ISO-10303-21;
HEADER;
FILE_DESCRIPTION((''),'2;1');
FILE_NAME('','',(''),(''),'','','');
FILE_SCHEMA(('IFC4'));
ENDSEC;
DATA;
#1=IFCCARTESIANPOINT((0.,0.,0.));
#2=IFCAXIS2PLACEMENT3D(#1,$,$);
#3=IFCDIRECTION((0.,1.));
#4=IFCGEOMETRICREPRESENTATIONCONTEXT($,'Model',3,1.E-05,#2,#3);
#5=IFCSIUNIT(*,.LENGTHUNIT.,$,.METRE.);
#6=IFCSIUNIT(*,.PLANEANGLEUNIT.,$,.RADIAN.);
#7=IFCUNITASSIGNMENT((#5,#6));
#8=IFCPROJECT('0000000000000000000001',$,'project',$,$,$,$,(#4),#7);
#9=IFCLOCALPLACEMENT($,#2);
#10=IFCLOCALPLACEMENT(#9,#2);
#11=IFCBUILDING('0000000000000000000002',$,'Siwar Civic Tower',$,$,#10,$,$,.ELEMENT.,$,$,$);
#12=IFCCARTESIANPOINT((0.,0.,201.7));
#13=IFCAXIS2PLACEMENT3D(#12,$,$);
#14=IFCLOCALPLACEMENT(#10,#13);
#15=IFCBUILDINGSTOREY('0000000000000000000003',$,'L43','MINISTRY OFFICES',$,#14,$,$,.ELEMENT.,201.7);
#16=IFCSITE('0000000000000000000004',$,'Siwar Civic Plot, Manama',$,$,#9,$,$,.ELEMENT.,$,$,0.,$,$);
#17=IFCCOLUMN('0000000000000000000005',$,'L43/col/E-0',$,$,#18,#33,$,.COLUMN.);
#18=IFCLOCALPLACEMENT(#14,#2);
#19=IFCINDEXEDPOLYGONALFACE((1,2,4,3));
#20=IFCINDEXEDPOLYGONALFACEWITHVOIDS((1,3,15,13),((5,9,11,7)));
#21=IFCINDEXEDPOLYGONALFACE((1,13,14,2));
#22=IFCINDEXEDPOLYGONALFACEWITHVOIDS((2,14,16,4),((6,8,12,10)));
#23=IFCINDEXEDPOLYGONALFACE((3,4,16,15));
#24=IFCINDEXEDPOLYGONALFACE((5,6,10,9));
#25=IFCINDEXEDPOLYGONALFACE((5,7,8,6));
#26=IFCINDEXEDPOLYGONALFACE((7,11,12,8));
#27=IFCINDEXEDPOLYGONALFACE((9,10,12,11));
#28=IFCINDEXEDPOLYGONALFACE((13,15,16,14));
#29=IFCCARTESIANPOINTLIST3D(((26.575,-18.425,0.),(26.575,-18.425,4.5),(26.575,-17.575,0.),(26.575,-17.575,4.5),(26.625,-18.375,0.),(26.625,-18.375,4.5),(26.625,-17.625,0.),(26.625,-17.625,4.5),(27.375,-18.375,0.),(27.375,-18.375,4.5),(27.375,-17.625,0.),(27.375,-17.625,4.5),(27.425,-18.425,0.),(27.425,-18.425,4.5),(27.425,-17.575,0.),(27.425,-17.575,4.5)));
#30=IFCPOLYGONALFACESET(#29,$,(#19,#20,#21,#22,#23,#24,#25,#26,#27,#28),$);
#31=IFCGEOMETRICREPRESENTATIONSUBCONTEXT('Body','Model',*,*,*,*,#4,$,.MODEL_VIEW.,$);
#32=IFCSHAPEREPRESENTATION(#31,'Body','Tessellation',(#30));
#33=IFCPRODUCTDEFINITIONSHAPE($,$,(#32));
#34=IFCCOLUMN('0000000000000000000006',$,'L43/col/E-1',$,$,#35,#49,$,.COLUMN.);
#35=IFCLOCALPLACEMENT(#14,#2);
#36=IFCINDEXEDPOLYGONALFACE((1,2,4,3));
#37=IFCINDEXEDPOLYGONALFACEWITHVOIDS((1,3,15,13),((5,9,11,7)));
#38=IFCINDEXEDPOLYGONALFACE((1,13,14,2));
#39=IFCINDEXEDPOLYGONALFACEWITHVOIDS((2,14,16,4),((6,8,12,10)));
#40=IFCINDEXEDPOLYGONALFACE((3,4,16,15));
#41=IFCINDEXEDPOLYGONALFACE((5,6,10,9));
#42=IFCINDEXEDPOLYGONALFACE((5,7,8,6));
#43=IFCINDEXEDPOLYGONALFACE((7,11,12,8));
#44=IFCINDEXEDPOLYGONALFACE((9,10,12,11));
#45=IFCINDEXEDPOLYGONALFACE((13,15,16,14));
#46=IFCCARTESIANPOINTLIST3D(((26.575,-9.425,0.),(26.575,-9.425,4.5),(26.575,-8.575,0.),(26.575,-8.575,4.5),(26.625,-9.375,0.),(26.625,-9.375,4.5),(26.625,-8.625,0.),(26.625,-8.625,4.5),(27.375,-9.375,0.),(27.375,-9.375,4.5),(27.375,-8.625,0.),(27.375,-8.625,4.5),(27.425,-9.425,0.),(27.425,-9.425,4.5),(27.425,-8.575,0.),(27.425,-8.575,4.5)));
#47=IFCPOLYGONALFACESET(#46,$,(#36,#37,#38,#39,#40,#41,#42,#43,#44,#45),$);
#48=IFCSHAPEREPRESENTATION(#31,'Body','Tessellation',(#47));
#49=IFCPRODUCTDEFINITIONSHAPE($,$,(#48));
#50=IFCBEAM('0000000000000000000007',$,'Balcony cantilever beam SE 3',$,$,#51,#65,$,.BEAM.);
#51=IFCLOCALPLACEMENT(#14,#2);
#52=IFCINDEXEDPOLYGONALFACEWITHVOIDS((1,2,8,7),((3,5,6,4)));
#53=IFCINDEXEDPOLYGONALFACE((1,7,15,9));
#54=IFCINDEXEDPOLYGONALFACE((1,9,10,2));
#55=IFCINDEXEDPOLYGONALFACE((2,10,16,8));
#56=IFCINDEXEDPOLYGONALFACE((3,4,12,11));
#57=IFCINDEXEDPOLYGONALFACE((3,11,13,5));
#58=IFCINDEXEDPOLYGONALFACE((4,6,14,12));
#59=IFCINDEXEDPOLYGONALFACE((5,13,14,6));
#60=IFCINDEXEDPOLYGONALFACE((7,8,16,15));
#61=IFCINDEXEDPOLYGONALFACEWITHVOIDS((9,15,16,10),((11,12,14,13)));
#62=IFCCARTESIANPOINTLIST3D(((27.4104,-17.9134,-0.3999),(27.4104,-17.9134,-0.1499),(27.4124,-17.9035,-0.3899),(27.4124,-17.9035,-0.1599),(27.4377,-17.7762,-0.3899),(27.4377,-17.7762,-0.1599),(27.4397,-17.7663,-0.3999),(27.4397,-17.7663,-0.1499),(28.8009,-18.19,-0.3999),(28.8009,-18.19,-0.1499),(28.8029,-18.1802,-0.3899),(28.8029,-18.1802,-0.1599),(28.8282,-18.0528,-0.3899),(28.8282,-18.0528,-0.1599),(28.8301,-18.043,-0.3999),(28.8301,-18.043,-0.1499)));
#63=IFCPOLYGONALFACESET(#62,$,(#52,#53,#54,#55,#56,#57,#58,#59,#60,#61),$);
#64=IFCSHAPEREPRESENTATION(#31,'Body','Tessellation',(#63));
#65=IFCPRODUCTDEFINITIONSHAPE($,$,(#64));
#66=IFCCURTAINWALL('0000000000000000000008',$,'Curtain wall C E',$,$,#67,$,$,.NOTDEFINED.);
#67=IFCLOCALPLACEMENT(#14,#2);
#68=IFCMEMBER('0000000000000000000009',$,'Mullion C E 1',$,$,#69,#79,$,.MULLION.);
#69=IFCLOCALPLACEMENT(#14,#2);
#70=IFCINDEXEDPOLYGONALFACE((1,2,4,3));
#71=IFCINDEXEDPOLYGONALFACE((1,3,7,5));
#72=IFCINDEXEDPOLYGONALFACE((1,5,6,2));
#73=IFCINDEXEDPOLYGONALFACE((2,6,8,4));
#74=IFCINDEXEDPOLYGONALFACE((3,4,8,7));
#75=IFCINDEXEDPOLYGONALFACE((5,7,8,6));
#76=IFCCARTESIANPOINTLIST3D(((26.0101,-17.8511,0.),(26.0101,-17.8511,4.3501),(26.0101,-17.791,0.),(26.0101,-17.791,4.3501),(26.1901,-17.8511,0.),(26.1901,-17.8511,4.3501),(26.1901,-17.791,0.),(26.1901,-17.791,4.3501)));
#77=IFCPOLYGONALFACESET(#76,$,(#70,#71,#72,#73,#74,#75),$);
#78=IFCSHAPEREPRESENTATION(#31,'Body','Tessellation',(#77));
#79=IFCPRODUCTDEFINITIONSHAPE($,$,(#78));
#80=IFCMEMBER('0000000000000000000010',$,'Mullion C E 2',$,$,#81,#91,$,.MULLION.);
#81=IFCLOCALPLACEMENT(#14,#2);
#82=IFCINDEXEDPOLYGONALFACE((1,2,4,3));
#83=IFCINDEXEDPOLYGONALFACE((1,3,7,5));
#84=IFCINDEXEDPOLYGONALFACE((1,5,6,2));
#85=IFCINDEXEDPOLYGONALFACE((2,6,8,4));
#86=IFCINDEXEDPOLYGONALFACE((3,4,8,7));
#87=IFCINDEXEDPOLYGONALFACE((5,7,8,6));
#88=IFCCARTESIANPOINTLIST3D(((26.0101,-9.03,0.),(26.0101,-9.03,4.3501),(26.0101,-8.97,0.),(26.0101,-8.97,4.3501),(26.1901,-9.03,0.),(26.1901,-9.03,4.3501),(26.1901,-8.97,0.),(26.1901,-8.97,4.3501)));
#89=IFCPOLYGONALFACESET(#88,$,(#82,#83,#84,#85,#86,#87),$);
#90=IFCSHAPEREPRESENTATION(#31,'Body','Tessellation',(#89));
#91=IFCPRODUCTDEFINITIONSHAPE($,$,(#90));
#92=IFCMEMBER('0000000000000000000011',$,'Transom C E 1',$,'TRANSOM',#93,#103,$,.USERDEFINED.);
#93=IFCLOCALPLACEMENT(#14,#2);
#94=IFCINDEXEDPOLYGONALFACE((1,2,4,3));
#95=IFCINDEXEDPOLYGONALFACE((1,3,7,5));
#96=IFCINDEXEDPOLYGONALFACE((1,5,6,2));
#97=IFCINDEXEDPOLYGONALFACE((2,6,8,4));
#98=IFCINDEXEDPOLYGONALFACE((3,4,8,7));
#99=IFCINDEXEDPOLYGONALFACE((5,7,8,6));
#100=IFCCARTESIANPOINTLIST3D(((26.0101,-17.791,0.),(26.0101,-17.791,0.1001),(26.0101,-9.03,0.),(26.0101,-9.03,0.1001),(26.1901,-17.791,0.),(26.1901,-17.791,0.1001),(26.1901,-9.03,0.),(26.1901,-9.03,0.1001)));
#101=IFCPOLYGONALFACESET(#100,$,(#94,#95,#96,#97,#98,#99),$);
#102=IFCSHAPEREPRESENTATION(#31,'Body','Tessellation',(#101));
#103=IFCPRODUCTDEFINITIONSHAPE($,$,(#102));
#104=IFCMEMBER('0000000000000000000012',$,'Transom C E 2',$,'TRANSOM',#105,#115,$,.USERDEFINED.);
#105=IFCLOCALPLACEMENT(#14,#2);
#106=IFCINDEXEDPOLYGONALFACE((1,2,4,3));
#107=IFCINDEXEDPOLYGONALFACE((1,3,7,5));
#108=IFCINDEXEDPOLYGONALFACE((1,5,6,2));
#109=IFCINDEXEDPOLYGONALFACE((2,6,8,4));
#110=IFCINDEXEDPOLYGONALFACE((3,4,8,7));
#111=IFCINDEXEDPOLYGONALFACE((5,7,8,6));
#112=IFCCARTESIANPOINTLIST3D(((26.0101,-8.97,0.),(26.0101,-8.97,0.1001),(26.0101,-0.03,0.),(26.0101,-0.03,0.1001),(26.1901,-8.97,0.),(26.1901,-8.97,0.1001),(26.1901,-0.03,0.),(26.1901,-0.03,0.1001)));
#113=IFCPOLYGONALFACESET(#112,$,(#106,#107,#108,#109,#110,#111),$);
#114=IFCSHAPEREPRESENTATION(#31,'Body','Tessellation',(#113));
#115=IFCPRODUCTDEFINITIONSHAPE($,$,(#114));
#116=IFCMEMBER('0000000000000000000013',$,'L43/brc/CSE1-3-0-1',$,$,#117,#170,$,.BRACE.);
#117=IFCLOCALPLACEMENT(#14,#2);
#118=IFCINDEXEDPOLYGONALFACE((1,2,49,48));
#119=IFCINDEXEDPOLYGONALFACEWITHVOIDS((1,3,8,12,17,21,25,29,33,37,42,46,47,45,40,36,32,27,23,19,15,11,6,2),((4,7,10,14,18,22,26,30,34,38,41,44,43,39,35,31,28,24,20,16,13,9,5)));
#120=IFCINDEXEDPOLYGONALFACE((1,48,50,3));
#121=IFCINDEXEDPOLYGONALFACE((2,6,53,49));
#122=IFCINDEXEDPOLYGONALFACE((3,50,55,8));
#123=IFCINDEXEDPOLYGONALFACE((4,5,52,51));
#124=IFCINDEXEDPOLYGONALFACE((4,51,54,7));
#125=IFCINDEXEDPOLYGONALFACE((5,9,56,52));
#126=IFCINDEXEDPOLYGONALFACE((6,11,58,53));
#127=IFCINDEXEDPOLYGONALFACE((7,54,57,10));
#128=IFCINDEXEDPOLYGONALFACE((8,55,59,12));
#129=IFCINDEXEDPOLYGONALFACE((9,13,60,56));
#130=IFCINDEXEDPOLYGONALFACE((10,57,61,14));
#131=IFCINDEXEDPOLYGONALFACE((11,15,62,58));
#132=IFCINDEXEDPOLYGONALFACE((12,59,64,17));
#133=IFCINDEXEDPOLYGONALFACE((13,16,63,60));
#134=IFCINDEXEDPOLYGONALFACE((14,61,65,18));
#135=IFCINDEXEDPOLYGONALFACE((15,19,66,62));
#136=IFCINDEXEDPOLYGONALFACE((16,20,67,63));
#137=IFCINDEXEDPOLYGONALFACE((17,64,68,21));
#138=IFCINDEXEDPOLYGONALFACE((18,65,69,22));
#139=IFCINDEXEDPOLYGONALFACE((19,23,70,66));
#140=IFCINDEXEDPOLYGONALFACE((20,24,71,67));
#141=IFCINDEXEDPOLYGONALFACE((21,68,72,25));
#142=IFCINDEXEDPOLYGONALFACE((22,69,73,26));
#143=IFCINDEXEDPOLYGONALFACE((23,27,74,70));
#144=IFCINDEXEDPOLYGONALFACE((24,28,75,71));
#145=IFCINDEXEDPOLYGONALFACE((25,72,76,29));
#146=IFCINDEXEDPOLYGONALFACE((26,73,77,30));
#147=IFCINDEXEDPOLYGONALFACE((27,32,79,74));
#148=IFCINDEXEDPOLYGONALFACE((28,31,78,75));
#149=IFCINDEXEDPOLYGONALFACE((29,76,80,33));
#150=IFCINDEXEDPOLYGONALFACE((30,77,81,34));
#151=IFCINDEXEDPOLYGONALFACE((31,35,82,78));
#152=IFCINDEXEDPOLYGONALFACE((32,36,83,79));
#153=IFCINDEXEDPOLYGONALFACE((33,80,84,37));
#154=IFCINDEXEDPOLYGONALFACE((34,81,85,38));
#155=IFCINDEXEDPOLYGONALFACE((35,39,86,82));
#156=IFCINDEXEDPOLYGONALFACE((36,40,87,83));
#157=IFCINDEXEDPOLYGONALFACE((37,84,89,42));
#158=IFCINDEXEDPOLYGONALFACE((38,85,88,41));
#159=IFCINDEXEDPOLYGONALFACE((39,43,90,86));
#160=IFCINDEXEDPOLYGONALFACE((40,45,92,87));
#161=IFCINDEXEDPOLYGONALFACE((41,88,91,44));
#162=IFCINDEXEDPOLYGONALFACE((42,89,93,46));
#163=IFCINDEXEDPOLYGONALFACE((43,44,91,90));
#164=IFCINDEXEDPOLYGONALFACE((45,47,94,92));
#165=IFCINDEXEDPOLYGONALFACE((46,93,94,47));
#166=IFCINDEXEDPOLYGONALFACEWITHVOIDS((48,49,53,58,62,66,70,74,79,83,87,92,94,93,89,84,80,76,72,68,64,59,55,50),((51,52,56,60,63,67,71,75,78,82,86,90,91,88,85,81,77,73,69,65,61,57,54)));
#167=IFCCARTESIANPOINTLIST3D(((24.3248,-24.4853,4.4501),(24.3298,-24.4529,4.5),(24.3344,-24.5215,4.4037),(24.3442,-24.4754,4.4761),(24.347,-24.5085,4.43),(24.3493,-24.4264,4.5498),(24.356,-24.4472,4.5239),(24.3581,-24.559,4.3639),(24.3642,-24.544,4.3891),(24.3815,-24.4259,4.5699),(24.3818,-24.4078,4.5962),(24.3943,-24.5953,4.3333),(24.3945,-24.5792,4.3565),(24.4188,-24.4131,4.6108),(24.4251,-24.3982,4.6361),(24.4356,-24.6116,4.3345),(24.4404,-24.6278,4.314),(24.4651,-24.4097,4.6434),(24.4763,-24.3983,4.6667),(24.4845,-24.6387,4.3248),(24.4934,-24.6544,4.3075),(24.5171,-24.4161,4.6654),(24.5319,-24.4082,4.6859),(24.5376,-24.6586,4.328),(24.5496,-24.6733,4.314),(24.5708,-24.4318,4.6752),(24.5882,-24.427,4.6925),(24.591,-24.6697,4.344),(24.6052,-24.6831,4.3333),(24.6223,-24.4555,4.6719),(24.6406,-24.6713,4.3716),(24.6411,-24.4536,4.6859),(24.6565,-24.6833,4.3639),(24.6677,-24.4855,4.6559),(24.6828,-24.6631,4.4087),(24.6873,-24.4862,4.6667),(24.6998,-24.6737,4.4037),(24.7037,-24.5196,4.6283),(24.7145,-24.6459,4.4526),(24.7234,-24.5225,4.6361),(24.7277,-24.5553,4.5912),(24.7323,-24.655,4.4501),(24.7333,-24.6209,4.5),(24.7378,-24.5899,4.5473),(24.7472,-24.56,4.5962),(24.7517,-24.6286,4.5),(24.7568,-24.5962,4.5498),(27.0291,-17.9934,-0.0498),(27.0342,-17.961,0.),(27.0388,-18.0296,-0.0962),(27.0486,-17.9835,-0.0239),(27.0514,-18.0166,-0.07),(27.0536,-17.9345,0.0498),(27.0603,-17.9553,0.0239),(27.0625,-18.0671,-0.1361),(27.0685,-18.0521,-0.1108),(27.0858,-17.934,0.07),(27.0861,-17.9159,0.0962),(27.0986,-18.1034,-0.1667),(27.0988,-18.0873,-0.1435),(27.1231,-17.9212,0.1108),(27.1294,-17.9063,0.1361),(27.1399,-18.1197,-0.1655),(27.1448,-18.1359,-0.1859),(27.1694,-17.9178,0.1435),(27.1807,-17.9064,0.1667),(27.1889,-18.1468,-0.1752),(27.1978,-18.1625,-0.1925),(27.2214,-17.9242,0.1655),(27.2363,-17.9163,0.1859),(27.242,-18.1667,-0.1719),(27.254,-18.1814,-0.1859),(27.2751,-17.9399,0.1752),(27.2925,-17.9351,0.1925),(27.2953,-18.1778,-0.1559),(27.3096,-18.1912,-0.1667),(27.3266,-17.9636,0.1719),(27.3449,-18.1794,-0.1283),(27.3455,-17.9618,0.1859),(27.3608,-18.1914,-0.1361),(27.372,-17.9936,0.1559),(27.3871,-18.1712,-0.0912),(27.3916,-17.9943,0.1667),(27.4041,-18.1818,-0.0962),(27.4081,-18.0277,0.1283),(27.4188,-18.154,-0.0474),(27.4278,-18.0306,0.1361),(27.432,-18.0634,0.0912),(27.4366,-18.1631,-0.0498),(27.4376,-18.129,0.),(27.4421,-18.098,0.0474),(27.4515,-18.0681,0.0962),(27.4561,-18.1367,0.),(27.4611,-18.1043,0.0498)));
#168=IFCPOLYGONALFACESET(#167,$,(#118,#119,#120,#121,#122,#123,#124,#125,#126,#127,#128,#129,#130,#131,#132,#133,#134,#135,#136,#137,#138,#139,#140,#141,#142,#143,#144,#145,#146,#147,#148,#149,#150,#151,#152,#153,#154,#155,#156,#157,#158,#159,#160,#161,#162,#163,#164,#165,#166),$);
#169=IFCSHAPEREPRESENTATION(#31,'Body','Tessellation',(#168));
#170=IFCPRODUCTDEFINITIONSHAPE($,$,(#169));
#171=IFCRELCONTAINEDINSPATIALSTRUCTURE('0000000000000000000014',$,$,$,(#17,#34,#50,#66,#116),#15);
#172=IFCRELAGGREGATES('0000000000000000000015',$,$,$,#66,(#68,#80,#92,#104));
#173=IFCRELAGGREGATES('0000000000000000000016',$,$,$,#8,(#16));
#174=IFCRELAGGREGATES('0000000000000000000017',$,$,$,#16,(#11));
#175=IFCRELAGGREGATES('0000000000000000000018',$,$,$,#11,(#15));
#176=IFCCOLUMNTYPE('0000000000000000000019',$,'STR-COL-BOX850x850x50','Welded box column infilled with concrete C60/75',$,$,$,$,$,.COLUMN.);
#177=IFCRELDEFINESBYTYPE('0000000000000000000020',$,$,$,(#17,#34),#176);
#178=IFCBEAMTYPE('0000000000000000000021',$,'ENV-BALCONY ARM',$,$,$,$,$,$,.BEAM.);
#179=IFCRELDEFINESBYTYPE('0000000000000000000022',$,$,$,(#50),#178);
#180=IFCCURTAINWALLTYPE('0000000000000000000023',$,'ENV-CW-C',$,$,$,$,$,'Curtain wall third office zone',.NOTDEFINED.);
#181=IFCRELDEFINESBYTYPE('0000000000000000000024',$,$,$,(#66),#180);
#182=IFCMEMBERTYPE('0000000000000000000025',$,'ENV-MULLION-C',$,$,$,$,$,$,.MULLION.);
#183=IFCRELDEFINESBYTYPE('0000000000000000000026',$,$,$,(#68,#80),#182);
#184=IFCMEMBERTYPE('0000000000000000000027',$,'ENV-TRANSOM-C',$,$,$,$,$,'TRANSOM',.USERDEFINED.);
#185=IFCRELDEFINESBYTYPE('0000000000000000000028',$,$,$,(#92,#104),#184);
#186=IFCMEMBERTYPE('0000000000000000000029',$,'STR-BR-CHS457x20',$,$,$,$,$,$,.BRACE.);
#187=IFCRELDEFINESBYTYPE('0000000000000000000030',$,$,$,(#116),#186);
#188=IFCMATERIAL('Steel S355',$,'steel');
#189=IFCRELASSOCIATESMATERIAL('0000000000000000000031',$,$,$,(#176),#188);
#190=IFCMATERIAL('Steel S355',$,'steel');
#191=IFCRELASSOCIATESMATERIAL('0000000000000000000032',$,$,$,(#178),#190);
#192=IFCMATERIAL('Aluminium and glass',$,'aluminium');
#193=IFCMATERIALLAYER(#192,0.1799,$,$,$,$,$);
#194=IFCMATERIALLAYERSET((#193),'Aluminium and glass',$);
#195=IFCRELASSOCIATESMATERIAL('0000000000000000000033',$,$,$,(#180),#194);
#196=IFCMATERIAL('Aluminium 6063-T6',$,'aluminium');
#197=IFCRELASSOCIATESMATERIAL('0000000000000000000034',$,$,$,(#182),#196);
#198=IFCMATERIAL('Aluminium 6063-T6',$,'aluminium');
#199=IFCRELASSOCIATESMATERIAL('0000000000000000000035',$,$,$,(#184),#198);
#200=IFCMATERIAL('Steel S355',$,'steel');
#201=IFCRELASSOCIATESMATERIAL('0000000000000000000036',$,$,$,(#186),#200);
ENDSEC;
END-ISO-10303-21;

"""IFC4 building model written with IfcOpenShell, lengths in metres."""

from ifc_helpers import new_model, si_unit, direction, frame, origin, origin_2d, place, context, subcontext, project, spatial, rectangle, hollow_rectangle, hollow_circle, extrude, material, layer, layer_set, material_profile, profile_set, type_object, element, aggregate, save


model = new_model("IFC4")

# Units and contexts
model_context = context("Model", 3, precision=1e-05, world=origin(), true_north=direction((0.0, 1.0)))
body_context = subcontext(model_context, "Body", "Model", "MODEL_VIEW")
ifc_project = project(units=[si_unit("LENGTHUNIT", "METRE"), si_unit("PLANEANGLEUNIT", "RADIAN")], contexts=[model_context])

# Site, building, storey
site_placement = place(None, origin())
site = spatial("IfcSite", under=ifc_project, at=site_placement, Name="Siwar Civic Plot, Manama", CompositionType="ELEMENT", RefElevation=0.0)
building_placement = place(site_placement, origin())
building = spatial("IfcBuilding", under=site, at=building_placement, Name="Siwar Civic Tower", CompositionType="ELEMENT")
storey_placement = place(building_placement, frame((0.0, 0.0, 201.7)))
storey = spatial("IfcBuildingStorey", under=building, at=storey_placement, Name="L43", Description="MINISTRY OFFICES", CompositionType="ELEMENT", Elevation=201.7)

# Columns
ifc_material_1 = material(Name="Steel S355", Category="steel")
ifc_material_profile_1 = material_profile(ifc_material_1, hollow_rectangle(XDim=0.8501, YDim=0.8501, WallThickness=0.05, at=origin_2d()), Name="BOX850x850x50")
ifc_profile_set_1 = profile_set([ifc_material_profile_1], Name="Steel S355")
column_type = type_object("IfcColumnType", Name="STR-COL-BOX850x850x50", Description="Welded box column infilled with concrete C60/75", PredefinedType="COLUMN", material=ifc_profile_set_1)
for number, where, z_axis, x_axis, name in (
    (1, (27.0, -18.0, 0.0), (0.0, 0.0, 1.0), (1.0, 0.0, 0.0), "L43/col/E-0"),
    (2, (27.0, -9.0, 0.0), (0.0, 0.0, 1.0), (1.0, 0.0, 0.0), "L43/col/E-1"),
):
    element("IfcColumn", number, at=place(storey_placement, frame(where, z_axis=z_axis, x_axis=x_axis)), inside=storey, type_object=column_type, Name=name, PredefinedType="COLUMN", context=body_context, shape_type="SweptSolid", body=[
        extrude(hollow_rectangle(XDim=0.8501, YDim=0.8501, WallThickness=0.05, at=origin_2d()), origin(), (0.0, 0.0, 1.0), 4.5),
    ])

# Beam
ifc_material_2 = material(Name="Steel S355", Category="steel")
ifc_material_profile_2 = material_profile(ifc_material_2, hollow_rectangle(XDim=0.1499, YDim=0.25, WallThickness=0.01, at=origin_2d()), Name="RHS250x150x10")
ifc_profile_set_2 = profile_set([ifc_material_profile_2], Name="Steel S355")
beam_type_1 = type_object("IfcBeamType", Name="ENV-BALCONY ARM", PredefinedType="BEAM", material=ifc_profile_set_2)
beam_1_placement = place(storey_placement, frame((27.425, -17.8398, -0.2749), z_axis=(0.980779, -0.195122, 0.0), x_axis=(0.195122, 0.980779, 0.0)))
element("IfcBeam", 3, at=beam_1_placement, inside=storey, type_object=beam_type_1, Name="Balcony cantilever beam SE 3", PredefinedType="BEAM", context=body_context, shape_type="SweptSolid", body=[
    extrude(hollow_rectangle(XDim=0.1499, YDim=0.25, WallThickness=0.01, at=origin_2d()), origin(), (0.0, 0.0, 1.0), 1.4177),
])

# Curtain wall, members
ifc_material_3 = material(Name="Aluminium and glass", Category="aluminium")
ifc_layer_1 = layer(ifc_material_3, 0.1799)
ifc_layer_set_1 = layer_set([ifc_layer_1], Name="Aluminium and glass")
curtain_wall_type_1 = type_object("IfcCurtainWallType", Name="ENV-CW-C", ElementType="Curtain wall third office zone", PredefinedType="NOTDEFINED", material=ifc_layer_set_1)
curtain_wall_1_placement = place(storey_placement, origin())
curtain_wall_1 = element("IfcCurtainWall", 4, at=curtain_wall_1_placement, inside=storey, type_object=curtain_wall_type_1, Name="Curtain wall C E", PredefinedType="NOTDEFINED")
ifc_material_4 = material(Name="Aluminium 6063-T6", Category="aluminium")
ifc_material_profile_3 = material_profile(ifc_material_4, rectangle(XDim=0.1799, YDim=0.0601, at=origin_2d()), Name="AL 180x60")
ifc_profile_set_3 = profile_set([ifc_material_profile_3], Name="Aluminium 6063-T6")
member_type_1 = type_object("IfcMemberType", Name="ENV-MULLION-C", PredefinedType="MULLION", material=ifc_profile_set_3)
member_1_placement = place(storey_placement, frame((26.1001, -17.821, 0.0), z_axis=(0.0, 0.0, 1.0), x_axis=(-1.0, 0.0, 0.0)))
member_1 = element("IfcMember", 5, at=member_1_placement, type_object=member_type_1, Name="Mullion C E 1", PredefinedType="MULLION", context=body_context, shape_type="SweptSolid", body=[
    extrude(rectangle(XDim=0.1799, YDim=0.0601, at=origin_2d()), origin(), (0.0, 0.0, 1.0), 4.3501),
])
member_2_placement = place(storey_placement, frame((26.1001, -9.0, 0.0), z_axis=(0.0, 0.0, 1.0), x_axis=(-1.0, 0.0, 0.0)))
member_2 = element("IfcMember", 6, at=member_2_placement, type_object=member_type_1, Name="Mullion C E 2", PredefinedType="MULLION", context=body_context, shape_type="SweptSolid", body=[
    extrude(rectangle(XDim=0.1799, YDim=0.0601, at=origin_2d()), origin(), (0.0, 0.0, 1.0), 4.3501),
])
ifc_material_5 = material(Name="Aluminium 6063-T6", Category="aluminium")
ifc_material_profile_4 = material_profile(ifc_material_5, rectangle(XDim=0.1799, YDim=0.1001, at=origin_2d()), Name="AL 180x100")
ifc_profile_set_4 = profile_set([ifc_material_profile_4], Name="Aluminium 6063-T6")
member_type_2 = type_object("IfcMemberType", Name="ENV-TRANSOM-C", ElementType="TRANSOM", PredefinedType="USERDEFINED", material=ifc_profile_set_4)
member_3_placement = place(storey_placement, frame((26.1001, -17.791, 0.05), z_axis=(0.0, 1.0, 0.0), x_axis=(-1.0, 0.0, 0.0)))
member_3 = element("IfcMember", 7, at=member_3_placement, type_object=member_type_2, Name="Transom C E 1", ObjectType="TRANSOM", PredefinedType="USERDEFINED", context=body_context, shape_type="SweptSolid", body=[
    extrude(rectangle(XDim=0.1799, YDim=0.1001, at=origin_2d()), origin(), (0.0, 0.0, 1.0), 8.761),
])
member_4_placement = place(storey_placement, frame((26.1001, -8.97, 0.05), z_axis=(0.0, 1.0, 0.0), x_axis=(-1.0, 0.0, 0.0)))
member_4 = element("IfcMember", 8, at=member_4_placement, type_object=member_type_2, Name="Transom C E 2", ObjectType="TRANSOM", PredefinedType="USERDEFINED", context=body_context, shape_type="SweptSolid", body=[
    extrude(rectangle(XDim=0.1799, YDim=0.1001, at=origin_2d()), origin(), (0.0, 0.0, 1.0), 8.9399),
])

# Member
ifc_material_6 = material(Name="Steel S355", Category="steel")
ifc_material_profile_5 = material_profile(ifc_material_6, hollow_circle(Radius=0.2285, WallThickness=0.02, at=origin_2d()), Name="CHS457x20")
ifc_profile_set_5 = profile_set([ifc_material_profile_5], Name="Steel S355")
member_type_3 = type_object("IfcMemberType", Name="STR-BR-CHS457x20", PredefinedType="BRACE", material=ifc_profile_set_5)
member_5_placement = place(storey_placement, frame((27.2451, -18.0488, 0.0), z_axis=(-0.323906, -0.777555, 0.538975), x_axis=(0.923109, -0.384539, 0.0)))
element("IfcMember", 9, at=member_5_placement, inside=storey, type_object=member_type_3, Name="L43/brc/CSE1-3-0-1", PredefinedType="BRACE", context=body_context, shape_type="SweptSolid", body=[
    extrude(hollow_circle(Radius=0.2285, WallThickness=0.02, at=origin_2d()), origin(), (0.0, 0.0, 1.0), 8.3491),
])

aggregate(curtain_wall_1, [member_1, member_2, member_3, member_4])

save(model, "model.ifc")
